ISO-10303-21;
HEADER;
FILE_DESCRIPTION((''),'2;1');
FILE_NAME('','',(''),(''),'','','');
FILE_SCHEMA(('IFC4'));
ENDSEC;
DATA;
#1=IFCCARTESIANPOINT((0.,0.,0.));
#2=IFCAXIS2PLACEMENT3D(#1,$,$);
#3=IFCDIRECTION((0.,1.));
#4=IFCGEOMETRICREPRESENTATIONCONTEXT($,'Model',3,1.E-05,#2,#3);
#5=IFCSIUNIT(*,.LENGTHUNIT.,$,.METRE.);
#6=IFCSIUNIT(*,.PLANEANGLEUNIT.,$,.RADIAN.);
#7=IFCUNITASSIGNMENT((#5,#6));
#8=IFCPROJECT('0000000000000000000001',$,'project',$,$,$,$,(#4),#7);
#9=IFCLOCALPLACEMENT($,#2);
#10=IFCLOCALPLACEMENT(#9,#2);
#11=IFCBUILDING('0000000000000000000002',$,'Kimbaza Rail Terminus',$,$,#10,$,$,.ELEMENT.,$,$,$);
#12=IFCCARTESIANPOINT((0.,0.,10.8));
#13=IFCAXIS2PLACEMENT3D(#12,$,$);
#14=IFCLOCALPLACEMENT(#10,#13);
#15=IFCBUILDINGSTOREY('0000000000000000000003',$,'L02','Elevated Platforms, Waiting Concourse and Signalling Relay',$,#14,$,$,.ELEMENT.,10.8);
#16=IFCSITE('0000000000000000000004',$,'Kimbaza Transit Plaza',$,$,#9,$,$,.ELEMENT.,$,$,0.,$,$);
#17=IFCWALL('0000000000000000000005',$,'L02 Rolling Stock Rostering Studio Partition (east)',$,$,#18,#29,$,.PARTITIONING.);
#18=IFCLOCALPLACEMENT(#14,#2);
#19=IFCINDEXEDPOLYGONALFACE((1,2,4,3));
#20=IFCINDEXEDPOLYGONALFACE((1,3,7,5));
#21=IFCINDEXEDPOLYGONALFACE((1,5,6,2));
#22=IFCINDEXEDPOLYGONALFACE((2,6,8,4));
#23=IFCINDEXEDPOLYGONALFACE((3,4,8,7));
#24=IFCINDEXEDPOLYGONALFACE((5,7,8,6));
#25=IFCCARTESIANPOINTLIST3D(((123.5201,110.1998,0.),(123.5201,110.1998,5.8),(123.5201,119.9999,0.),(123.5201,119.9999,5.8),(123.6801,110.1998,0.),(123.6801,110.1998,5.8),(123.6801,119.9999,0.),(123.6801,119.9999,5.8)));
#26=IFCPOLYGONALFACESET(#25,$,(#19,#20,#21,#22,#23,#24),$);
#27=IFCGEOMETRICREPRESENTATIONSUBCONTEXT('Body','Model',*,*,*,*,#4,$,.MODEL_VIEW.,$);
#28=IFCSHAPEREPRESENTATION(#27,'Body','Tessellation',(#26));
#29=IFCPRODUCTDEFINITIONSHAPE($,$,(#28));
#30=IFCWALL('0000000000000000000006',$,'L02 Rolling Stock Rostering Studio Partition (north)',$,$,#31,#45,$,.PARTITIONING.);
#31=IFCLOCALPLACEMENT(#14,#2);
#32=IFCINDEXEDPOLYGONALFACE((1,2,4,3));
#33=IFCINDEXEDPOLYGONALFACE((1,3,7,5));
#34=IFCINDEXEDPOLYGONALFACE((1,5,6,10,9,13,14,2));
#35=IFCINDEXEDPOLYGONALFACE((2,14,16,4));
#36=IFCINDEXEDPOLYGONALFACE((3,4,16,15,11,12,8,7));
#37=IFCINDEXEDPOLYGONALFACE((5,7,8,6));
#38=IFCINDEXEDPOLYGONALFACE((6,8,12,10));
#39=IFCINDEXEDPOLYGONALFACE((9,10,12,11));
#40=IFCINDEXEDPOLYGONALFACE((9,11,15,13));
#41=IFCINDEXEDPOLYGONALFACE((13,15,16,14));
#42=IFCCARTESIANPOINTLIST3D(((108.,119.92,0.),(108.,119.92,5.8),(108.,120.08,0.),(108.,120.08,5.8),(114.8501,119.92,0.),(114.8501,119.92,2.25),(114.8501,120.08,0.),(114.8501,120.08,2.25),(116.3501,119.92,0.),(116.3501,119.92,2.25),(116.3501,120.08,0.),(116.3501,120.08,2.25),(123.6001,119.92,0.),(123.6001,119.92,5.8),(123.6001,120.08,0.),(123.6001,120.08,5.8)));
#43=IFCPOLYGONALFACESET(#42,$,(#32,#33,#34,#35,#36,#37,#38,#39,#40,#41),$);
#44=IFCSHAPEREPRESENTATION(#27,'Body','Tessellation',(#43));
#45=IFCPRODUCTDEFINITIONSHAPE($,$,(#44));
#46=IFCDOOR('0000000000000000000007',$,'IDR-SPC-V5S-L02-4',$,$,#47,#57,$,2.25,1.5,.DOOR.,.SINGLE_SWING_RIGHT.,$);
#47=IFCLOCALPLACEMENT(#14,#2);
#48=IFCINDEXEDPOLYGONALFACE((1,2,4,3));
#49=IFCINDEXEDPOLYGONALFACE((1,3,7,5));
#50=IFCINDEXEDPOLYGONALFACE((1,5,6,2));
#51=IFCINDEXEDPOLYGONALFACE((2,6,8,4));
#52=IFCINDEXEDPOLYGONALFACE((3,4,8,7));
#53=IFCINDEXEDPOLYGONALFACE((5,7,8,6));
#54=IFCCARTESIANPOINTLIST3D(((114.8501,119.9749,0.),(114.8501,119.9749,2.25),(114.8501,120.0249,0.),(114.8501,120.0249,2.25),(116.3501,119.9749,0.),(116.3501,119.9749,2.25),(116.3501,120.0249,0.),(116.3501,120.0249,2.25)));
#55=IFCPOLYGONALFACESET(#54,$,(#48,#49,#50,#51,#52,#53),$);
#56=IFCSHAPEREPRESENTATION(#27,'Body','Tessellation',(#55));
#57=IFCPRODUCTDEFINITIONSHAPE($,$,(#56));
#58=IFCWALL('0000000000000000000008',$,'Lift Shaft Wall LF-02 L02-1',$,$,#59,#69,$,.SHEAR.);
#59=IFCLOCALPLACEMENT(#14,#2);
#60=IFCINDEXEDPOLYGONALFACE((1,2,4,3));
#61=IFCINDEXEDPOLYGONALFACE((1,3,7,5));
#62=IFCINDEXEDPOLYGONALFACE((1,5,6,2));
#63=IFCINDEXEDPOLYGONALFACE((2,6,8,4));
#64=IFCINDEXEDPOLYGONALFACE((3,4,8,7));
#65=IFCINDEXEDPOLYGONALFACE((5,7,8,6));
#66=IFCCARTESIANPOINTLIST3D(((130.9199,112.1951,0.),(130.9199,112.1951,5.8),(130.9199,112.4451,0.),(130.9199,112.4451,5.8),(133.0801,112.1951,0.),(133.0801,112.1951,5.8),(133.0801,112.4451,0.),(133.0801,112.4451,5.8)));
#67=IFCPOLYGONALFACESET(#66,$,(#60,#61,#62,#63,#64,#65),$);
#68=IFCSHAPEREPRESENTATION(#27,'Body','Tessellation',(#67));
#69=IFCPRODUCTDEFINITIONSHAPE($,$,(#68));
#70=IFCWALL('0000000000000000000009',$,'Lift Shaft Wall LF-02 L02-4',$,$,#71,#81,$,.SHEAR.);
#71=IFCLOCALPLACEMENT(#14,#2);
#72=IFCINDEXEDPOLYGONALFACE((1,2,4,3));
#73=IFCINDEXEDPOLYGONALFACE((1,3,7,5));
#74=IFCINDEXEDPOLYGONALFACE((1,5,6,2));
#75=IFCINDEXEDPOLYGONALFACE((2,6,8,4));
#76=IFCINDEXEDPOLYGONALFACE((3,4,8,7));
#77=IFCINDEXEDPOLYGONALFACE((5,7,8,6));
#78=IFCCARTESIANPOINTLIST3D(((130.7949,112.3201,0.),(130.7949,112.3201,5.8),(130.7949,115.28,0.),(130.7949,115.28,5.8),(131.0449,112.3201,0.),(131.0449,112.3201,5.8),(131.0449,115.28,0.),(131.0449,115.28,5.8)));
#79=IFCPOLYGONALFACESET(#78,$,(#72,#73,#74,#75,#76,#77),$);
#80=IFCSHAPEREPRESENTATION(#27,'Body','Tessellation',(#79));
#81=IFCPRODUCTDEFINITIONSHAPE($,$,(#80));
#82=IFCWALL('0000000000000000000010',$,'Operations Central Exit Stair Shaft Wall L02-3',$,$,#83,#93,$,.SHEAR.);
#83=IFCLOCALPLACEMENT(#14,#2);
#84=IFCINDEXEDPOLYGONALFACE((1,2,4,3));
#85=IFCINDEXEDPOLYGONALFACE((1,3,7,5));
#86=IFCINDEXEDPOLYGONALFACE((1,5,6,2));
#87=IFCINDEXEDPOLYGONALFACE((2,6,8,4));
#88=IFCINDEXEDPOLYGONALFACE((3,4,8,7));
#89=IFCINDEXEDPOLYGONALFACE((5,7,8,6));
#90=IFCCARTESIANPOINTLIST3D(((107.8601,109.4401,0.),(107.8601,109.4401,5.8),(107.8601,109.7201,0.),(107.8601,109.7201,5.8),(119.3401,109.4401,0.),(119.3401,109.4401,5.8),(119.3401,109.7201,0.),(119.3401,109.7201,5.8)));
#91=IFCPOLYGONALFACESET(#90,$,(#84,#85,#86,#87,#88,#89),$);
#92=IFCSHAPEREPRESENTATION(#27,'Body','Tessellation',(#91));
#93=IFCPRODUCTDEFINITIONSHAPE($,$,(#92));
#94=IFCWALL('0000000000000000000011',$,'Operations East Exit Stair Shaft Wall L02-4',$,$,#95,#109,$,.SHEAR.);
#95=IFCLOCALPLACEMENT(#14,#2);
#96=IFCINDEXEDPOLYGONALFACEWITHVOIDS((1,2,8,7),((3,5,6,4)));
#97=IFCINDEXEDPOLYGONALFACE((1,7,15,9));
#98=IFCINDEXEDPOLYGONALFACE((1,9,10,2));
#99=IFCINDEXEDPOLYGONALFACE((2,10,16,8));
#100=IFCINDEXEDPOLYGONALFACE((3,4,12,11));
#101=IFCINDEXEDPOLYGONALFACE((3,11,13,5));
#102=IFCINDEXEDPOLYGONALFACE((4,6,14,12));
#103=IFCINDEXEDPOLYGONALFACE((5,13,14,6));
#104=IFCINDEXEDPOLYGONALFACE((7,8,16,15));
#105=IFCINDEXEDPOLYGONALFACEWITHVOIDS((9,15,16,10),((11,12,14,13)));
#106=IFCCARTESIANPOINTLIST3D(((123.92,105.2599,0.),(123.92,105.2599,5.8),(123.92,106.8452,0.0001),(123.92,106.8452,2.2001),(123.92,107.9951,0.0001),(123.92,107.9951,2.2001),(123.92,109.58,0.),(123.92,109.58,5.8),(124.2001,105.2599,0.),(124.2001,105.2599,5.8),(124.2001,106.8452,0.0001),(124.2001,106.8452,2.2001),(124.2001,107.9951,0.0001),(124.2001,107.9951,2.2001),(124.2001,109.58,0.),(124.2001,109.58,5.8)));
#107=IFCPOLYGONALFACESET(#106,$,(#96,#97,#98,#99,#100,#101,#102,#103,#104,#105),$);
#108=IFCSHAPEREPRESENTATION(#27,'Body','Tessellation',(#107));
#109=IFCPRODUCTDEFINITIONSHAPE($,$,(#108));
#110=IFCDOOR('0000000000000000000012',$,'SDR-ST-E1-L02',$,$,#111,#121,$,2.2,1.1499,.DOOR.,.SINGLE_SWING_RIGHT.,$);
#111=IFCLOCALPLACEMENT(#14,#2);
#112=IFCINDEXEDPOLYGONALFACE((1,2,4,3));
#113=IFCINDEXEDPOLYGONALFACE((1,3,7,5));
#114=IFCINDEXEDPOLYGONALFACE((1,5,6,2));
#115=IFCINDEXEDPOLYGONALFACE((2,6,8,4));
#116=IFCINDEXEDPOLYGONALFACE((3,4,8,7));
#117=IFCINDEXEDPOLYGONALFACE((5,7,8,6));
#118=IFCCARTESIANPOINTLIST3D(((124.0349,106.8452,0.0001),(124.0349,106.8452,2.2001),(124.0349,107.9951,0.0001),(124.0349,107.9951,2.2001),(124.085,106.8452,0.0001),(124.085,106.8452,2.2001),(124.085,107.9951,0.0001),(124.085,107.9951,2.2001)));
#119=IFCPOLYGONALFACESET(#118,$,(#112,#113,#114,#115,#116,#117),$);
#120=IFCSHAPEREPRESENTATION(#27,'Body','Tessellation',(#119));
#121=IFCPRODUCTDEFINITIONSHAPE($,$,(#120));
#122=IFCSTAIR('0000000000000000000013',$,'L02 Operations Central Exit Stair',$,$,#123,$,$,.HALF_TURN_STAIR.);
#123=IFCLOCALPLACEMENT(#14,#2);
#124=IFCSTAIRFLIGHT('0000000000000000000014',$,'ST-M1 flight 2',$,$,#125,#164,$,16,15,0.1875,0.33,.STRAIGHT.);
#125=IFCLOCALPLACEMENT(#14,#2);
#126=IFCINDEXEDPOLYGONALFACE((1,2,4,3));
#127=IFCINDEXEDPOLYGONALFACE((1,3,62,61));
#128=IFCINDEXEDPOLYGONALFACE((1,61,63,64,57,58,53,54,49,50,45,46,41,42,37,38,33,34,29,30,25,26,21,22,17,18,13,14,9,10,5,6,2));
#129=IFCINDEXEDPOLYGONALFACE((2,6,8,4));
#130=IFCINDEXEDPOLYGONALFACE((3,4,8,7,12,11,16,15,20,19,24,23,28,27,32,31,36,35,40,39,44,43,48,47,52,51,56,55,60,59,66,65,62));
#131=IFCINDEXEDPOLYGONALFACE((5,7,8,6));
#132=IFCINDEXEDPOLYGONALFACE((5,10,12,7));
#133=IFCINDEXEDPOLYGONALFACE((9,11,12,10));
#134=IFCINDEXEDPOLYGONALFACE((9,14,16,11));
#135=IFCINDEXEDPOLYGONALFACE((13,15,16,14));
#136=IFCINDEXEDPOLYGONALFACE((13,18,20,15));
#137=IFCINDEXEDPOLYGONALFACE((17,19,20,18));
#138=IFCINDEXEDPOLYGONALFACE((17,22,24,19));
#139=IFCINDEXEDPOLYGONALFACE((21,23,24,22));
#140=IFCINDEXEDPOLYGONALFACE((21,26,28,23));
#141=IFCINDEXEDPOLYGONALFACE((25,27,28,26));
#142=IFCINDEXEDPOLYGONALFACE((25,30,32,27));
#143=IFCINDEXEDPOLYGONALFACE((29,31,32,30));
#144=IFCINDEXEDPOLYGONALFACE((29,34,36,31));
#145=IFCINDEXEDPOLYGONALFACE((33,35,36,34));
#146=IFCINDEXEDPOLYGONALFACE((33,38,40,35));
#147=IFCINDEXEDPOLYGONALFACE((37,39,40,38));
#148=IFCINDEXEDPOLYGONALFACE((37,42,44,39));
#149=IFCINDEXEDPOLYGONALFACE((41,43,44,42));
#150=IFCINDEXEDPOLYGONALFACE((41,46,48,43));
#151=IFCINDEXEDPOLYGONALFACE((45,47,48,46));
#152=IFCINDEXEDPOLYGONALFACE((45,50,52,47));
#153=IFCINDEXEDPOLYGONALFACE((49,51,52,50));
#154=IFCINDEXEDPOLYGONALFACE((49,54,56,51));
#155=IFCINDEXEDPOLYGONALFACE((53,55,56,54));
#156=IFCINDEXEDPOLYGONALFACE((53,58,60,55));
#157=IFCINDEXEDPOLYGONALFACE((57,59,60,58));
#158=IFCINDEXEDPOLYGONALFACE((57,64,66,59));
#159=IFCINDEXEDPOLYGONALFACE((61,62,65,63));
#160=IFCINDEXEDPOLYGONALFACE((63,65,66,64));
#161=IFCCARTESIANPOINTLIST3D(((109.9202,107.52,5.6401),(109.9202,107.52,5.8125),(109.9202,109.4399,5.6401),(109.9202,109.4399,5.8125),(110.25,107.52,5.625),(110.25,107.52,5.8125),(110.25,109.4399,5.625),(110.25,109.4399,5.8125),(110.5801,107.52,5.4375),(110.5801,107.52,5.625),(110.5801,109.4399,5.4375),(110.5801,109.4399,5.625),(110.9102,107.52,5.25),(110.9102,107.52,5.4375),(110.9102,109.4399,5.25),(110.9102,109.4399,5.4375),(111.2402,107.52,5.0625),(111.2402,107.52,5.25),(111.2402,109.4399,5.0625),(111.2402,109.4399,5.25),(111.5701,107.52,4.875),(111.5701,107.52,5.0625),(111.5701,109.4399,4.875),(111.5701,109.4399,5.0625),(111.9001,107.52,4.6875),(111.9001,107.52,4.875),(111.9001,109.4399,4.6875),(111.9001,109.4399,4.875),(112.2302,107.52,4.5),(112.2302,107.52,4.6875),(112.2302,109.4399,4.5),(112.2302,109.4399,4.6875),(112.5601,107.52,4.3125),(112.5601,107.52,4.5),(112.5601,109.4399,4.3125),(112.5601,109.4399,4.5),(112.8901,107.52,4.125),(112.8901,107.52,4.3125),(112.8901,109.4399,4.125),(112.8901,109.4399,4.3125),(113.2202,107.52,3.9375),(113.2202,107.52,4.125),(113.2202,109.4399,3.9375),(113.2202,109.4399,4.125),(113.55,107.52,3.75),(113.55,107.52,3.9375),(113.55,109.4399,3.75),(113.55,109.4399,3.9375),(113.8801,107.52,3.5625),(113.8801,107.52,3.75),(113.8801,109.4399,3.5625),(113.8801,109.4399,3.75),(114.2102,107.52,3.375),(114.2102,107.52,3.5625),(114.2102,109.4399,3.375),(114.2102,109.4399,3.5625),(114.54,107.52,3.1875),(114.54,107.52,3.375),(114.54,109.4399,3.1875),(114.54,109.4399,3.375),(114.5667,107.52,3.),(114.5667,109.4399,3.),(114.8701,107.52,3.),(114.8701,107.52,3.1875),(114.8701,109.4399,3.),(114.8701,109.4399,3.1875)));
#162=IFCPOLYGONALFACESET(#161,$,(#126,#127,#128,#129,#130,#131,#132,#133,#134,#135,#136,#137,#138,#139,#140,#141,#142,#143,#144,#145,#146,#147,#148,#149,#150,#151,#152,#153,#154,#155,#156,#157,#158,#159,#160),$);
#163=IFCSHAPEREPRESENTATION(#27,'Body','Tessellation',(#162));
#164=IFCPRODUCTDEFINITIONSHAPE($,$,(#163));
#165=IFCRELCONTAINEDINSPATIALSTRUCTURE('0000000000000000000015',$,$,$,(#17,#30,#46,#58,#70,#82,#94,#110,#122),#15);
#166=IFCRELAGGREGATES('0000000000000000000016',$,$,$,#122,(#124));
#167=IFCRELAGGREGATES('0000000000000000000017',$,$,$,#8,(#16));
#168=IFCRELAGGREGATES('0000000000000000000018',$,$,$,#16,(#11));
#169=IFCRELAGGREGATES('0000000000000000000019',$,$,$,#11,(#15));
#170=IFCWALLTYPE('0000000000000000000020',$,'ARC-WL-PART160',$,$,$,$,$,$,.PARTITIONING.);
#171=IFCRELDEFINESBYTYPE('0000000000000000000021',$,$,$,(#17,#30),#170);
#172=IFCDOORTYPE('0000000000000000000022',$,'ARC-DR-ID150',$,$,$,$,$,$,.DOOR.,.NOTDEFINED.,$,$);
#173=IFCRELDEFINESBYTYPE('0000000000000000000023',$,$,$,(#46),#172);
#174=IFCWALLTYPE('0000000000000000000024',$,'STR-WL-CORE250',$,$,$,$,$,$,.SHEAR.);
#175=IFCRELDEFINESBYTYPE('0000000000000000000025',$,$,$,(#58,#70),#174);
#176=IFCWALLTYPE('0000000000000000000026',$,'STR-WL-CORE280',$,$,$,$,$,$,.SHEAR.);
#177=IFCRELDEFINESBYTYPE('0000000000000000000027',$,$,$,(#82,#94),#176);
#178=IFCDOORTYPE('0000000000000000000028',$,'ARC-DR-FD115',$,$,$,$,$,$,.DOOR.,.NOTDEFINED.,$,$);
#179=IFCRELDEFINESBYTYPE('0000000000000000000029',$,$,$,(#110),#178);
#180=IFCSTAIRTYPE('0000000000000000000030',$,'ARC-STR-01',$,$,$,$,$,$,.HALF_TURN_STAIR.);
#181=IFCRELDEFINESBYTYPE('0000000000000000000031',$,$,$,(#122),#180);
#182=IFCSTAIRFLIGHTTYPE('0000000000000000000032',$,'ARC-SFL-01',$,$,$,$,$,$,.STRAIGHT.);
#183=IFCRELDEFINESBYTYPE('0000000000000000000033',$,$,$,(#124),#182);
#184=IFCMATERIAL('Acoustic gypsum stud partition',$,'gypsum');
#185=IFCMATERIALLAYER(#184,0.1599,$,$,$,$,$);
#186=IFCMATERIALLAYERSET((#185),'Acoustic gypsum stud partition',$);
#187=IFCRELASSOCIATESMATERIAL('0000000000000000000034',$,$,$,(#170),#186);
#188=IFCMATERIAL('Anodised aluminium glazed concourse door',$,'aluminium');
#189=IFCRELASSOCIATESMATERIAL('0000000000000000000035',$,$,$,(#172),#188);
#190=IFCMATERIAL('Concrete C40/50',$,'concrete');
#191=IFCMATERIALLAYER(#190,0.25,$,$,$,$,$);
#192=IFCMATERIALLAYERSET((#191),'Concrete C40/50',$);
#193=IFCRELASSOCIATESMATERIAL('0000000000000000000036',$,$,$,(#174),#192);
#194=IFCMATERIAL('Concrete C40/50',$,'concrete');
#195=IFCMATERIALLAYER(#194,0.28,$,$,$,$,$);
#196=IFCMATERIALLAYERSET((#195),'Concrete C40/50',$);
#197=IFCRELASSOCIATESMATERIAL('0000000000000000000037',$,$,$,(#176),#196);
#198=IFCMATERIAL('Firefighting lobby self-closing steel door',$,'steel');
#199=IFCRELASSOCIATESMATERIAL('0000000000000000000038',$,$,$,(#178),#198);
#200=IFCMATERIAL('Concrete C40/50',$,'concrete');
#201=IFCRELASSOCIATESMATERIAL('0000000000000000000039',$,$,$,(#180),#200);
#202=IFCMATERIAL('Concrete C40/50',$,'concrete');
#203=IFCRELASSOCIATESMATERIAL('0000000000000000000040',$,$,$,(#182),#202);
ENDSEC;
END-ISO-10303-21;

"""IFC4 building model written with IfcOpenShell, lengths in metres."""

from ifc_helpers import new_model, si_unit, direction, frame, frame_2d, origin, place, context, subcontext, project, spatial, polyline, rectangle, outline, extrude, material, layer, layer_set, type_object, element, fill, aggregate, save


model = new_model("IFC4")

# Units and contexts
model_context = context("Model", 3, precision=1e-05, world=origin(), true_north=direction((0.0, 1.0)))
body_context = subcontext(model_context, "Body", "Model", "MODEL_VIEW")
ifc_project = project(units=[si_unit("LENGTHUNIT", "METRE"), si_unit("PLANEANGLEUNIT", "RADIAN")], contexts=[model_context])

# Site, building, storey
site_placement = place(None, origin())
site = spatial("IfcSite", under=ifc_project, at=site_placement, Name="Kimbaza Transit Plaza", CompositionType="ELEMENT", RefElevation=0.0)
building_placement = place(site_placement, origin())
building = spatial("IfcBuilding", under=site, at=building_placement, Name="Kimbaza Rail Terminus", CompositionType="ELEMENT")
storey_placement = place(building_placement, frame((0.0, 0.0, 10.8)))
storey = spatial("IfcBuildingStorey", under=building, at=storey_placement, Name="L02", Description="Elevated Platforms, Waiting Concourse and Signalling Relay", CompositionType="ELEMENT", Elevation=10.8)

# Shared definitions
ifc_material_1 = material(Name="Acoustic gypsum stud partition", Category="gypsum")
ifc_layer_1 = layer(ifc_material_1, 0.1599)
ifc_layer_set_1 = layer_set([ifc_layer_1], Name="Acoustic gypsum stud partition")
wall_type_1 = type_object("IfcWallType", Name="ARC-WL-PART160", PredefinedType="PARTITIONING", material=ifc_layer_set_1)

# Wall
wall_1_placement = place(storey_placement, frame((123.6001, 110.2, 0.0), z_axis=(0.0, 0.0, 1.0), x_axis=(0.0, 1.0, 0.0)))
element("IfcWall", 1, at=wall_1_placement, inside=storey, type_object=wall_type_1, Name="L02 Rolling Stock Rostering Studio Partition (east)", PredefinedType="PARTITIONING", context=body_context, shape_type="SweptSolid", body=[
    extrude(rectangle(XDim=9.8, YDim=0.1599, at=frame_2d((4.8999, 0.0))), origin(), (0.0, 0.0, 1.0), 5.8),
])

# Wall, opening, door
wall_2_placement = place(storey_placement, frame((123.6001, 120.0, 0.0), z_axis=(0.0, 0.0, 1.0), x_axis=(-1.0, 0.0, 0.0)))
wall_2 = element("IfcWall", 2, at=wall_2_placement, inside=storey, type_object=wall_type_1, Name="L02 Rolling Stock Rostering Studio Partition (north)", PredefinedType="PARTITIONING", context=body_context, shape_type="SweptSolid", body=[
    extrude(rectangle(XDim=15.6001, YDim=0.1599, at=frame_2d((7.8, 0.0))), origin(), (0.0, 0.0, 1.0), 5.8),
])
opening_1_placement = place(wall_2_placement, frame((8.75, 0.0, 0.0), z_axis=(0.0, 0.0, 1.0), x_axis=(-1.0, 0.0, 0.0)))
opening_1 = element("IfcOpeningElement", 3, at=opening_1_placement, cuts=wall_2, PredefinedType="OPENING", context=body_context, shape_type="SweptSolid", body=[
    extrude(rectangle(XDim=1.5, YDim=2.25, at=frame_2d((0.75, 1.125))), frame((0.0, 0.0898, 0.0), z_axis=(0.0, -1.0, 0.0), x_axis=(1.0, 0.0, 0.0)), (0.0, 0.0, 1.0), 0.1799),
])
ifc_material_2 = material(Name="Anodised aluminium glazed concourse door", Category="aluminium")
door_type_1 = type_object("IfcDoorType", Name="ARC-DR-ID150", OperationType="NOTDEFINED", PredefinedType="DOOR", material=ifc_material_2)
door_1_placement = place(opening_1_placement, origin())
door_1 = element("IfcDoor", 4, at=door_1_placement, inside=storey, type_object=door_type_1, Name="IDR-SPC-V5S-L02-4", OperationType="SINGLE_SWING_RIGHT", OverallHeight=2.25, OverallWidth=1.5, PredefinedType="DOOR", context=body_context, shape_type="SweptSolid", body=[
    extrude(rectangle(XDim=1.5, YDim=2.25, at=frame_2d((0.75, 1.125))), frame((0.0, 0.0249, 0.0), z_axis=(0.0, -1.0, 0.0), x_axis=(1.0, 0.0, 0.0)), (0.0, 0.0, 1.0), 0.05),
])
fill(opening_1, door_1)

# Walls
ifc_material_3 = material(Name="Concrete C40/50", Category="concrete")
ifc_layer_2 = layer(ifc_material_3, 0.25)
ifc_layer_set_2 = layer_set([ifc_layer_2], Name="Concrete C40/50")
wall_type_2 = type_object("IfcWallType", Name="STR-WL-CORE250", PredefinedType="SHEAR", material=ifc_layer_set_2)
wall_3_placement = place(storey_placement, frame((130.9199, 112.3201, 0.0), z_axis=(0.0, 0.0, 1.0), x_axis=(1.0, 0.0, 0.0)))
element("IfcWall", 5, at=wall_3_placement, inside=storey, type_object=wall_type_2, Name="Lift Shaft Wall LF-02 L02-1", PredefinedType="SHEAR", context=body_context, shape_type="SweptSolid", body=[
    extrude(rectangle(XDim=2.1602, YDim=0.25, at=frame_2d((1.0801, 0.0))), origin(), (0.0, 0.0, 1.0), 5.8),
])
wall_4_placement = place(storey_placement, frame((130.9199, 115.28, 0.0), z_axis=(0.0, 0.0, 1.0), x_axis=(0.0, -1.0, 0.0)))
element("IfcWall", 6, at=wall_4_placement, inside=storey, type_object=wall_type_2, Name="Lift Shaft Wall LF-02 L02-4", PredefinedType="SHEAR", context=body_context, shape_type="SweptSolid", body=[
    extrude(rectangle(XDim=2.96, YDim=0.25, at=frame_2d((1.48, 0.0))), origin(), (0.0, 0.0, 1.0), 5.8),
])
ifc_material_4 = material(Name="Concrete C40/50", Category="concrete")
ifc_layer_3 = layer(ifc_material_4, 0.28)
ifc_layer_set_3 = layer_set([ifc_layer_3], Name="Concrete C40/50")
wall_type_3 = type_object("IfcWallType", Name="STR-WL-CORE280", PredefinedType="SHEAR", material=ifc_layer_set_3)
wall_5_placement = place(storey_placement, frame((119.3401, 109.5801, 0.0), z_axis=(0.0, 0.0, 1.0), x_axis=(-1.0, 0.0, 0.0)))
element("IfcWall", 7, at=wall_5_placement, inside=storey, type_object=wall_type_3, Name="Operations Central Exit Stair Shaft Wall L02-3", PredefinedType="SHEAR", context=body_context, shape_type="SweptSolid", body=[
    extrude(rectangle(XDim=11.48, YDim=0.28, at=frame_2d((5.74, 0.0))), origin(), (0.0, 0.0, 1.0), 5.8),
])

# Wall, opening, door
wall_6_placement = place(storey_placement, frame((124.0601, 109.5801, 0.0), z_axis=(0.0, 0.0, 1.0), x_axis=(0.0, -1.0, 0.0)))
wall_6 = element("IfcWall", 8, at=wall_6_placement, inside=storey, type_object=wall_type_3, Name="Operations East Exit Stair Shaft Wall L02-4", PredefinedType="SHEAR", context=body_context, shape_type="SweptSolid", body=[
    extrude(rectangle(XDim=4.3201, YDim=0.28, at=frame_2d((2.1602, 0.0))), origin(), (0.0, 0.0, 1.0), 5.8),
])
opening_2_placement = place(wall_6_placement, frame((1.585, 0.0, 0.0)))
opening_2 = element("IfcOpeningElement", 9, at=opening_2_placement, cuts=wall_6, PredefinedType="OPENING", context=body_context, shape_type="SweptSolid", body=[
    extrude(rectangle(XDim=1.1499, YDim=2.2, at=frame_2d((0.575, 1.1001))), frame((0.0, 0.1499, 0.0), z_axis=(0.0, -1.0, 0.0), x_axis=(1.0, 0.0, 0.0)), (0.0, 0.0, 1.0), 0.3),
])
ifc_material_5 = material(Name="Firefighting lobby self-closing steel door", Category="steel")
door_type_2 = type_object("IfcDoorType", Name="ARC-DR-FD115", OperationType="NOTDEFINED", PredefinedType="DOOR", material=ifc_material_5)
door_2_placement = place(opening_2_placement, origin())
door_2 = element("IfcDoor", 10, at=door_2_placement, inside=storey, type_object=door_type_2, Name="SDR-ST-E1-L02", OperationType="SINGLE_SWING_RIGHT", OverallHeight=2.2, OverallWidth=1.1499, PredefinedType="DOOR", context=body_context, shape_type="SweptSolid", body=[
    extrude(rectangle(XDim=1.1499, YDim=2.2, at=frame_2d((0.575, 1.1001))), frame((0.0, 0.0249, 0.0), z_axis=(0.0, -1.0, 0.0), x_axis=(1.0, 0.0, 0.0)), (0.0, 0.0, 1.0), 0.05),
])
fill(opening_2, door_2)

# Stair, stair flight
ifc_material_6 = material(Name="Concrete C40/50", Category="concrete")
stair_type = type_object("IfcStairType", Name="ARC-STR-01", PredefinedType="HALF_TURN_STAIR", material=ifc_material_6)
stair_1_placement = place(storey_placement, origin())
stair_1 = element("IfcStair", 11, at=stair_1_placement, inside=storey, type_object=stair_type, Name="L02 Operations Central Exit Stair", PredefinedType="HALF_TURN_STAIR")
ifc_material_7 = material(Name="Concrete C40/50", Category="concrete")
stair_flight_type = type_object("IfcStairFlightType", Name="ARC-SFL-01", PredefinedType="STRAIGHT", material=ifc_material_7)
stair_flight_1_placement = place(storey_placement, frame((114.8701, 108.48, 3.0), z_axis=(0.0, 0.0, 1.0), x_axis=(-1.0, 0.0, 0.0)))
stair_flight_1 = element("IfcStairFlight", 12, at=stair_flight_1_placement, type_object=stair_flight_type, Name="ST-M1 flight 2", NumberOfRisers=16, NumberOfTreads=15, PredefinedType="STRAIGHT", RiserHeight=0.1875, TreadLength=0.33, context=body_context, shape_type="SweptSolid", body=[
    extrude(outline(polyline([(0.0, 0.0), (0.0, 0.1875), (0.3301, 0.1875), (0.3301, 0.375), (0.6599, 0.375), (0.6599, 0.5625), (0.99, 0.5625), (0.99, 0.75), (1.3201, 0.75), (1.3201, 0.9375), (1.6499, 0.9375), (1.6499, 1.125), (1.98, 1.125), (1.98, 1.3125), (2.3101, 1.3125), (2.3101, 1.5), (2.6399, 1.5), (2.6399, 1.6875), (2.97, 1.6875), (2.97, 1.875), (3.3, 1.875), (3.3, 2.0625), (3.6299, 2.0625), (3.6299, 2.25), (3.96, 2.25), (3.96, 2.4375), (4.29, 2.4375), (4.29, 2.625), (4.6201, 2.625), (4.6201, 2.8125), (4.95, 2.8125), (4.95, 3.0), (4.95, 2.6401), (0.3035, 0.0), (0.0, 0.0)])), frame((0.0, 0.96, 0.0), z_axis=(0.0, -1.0, 0.0), x_axis=(1.0, 0.0, 0.0)), (0.0, 0.0, 1.0), 1.9199),
])
aggregate(stair_1, [stair_flight_1])

save(model, "model.ifc")
